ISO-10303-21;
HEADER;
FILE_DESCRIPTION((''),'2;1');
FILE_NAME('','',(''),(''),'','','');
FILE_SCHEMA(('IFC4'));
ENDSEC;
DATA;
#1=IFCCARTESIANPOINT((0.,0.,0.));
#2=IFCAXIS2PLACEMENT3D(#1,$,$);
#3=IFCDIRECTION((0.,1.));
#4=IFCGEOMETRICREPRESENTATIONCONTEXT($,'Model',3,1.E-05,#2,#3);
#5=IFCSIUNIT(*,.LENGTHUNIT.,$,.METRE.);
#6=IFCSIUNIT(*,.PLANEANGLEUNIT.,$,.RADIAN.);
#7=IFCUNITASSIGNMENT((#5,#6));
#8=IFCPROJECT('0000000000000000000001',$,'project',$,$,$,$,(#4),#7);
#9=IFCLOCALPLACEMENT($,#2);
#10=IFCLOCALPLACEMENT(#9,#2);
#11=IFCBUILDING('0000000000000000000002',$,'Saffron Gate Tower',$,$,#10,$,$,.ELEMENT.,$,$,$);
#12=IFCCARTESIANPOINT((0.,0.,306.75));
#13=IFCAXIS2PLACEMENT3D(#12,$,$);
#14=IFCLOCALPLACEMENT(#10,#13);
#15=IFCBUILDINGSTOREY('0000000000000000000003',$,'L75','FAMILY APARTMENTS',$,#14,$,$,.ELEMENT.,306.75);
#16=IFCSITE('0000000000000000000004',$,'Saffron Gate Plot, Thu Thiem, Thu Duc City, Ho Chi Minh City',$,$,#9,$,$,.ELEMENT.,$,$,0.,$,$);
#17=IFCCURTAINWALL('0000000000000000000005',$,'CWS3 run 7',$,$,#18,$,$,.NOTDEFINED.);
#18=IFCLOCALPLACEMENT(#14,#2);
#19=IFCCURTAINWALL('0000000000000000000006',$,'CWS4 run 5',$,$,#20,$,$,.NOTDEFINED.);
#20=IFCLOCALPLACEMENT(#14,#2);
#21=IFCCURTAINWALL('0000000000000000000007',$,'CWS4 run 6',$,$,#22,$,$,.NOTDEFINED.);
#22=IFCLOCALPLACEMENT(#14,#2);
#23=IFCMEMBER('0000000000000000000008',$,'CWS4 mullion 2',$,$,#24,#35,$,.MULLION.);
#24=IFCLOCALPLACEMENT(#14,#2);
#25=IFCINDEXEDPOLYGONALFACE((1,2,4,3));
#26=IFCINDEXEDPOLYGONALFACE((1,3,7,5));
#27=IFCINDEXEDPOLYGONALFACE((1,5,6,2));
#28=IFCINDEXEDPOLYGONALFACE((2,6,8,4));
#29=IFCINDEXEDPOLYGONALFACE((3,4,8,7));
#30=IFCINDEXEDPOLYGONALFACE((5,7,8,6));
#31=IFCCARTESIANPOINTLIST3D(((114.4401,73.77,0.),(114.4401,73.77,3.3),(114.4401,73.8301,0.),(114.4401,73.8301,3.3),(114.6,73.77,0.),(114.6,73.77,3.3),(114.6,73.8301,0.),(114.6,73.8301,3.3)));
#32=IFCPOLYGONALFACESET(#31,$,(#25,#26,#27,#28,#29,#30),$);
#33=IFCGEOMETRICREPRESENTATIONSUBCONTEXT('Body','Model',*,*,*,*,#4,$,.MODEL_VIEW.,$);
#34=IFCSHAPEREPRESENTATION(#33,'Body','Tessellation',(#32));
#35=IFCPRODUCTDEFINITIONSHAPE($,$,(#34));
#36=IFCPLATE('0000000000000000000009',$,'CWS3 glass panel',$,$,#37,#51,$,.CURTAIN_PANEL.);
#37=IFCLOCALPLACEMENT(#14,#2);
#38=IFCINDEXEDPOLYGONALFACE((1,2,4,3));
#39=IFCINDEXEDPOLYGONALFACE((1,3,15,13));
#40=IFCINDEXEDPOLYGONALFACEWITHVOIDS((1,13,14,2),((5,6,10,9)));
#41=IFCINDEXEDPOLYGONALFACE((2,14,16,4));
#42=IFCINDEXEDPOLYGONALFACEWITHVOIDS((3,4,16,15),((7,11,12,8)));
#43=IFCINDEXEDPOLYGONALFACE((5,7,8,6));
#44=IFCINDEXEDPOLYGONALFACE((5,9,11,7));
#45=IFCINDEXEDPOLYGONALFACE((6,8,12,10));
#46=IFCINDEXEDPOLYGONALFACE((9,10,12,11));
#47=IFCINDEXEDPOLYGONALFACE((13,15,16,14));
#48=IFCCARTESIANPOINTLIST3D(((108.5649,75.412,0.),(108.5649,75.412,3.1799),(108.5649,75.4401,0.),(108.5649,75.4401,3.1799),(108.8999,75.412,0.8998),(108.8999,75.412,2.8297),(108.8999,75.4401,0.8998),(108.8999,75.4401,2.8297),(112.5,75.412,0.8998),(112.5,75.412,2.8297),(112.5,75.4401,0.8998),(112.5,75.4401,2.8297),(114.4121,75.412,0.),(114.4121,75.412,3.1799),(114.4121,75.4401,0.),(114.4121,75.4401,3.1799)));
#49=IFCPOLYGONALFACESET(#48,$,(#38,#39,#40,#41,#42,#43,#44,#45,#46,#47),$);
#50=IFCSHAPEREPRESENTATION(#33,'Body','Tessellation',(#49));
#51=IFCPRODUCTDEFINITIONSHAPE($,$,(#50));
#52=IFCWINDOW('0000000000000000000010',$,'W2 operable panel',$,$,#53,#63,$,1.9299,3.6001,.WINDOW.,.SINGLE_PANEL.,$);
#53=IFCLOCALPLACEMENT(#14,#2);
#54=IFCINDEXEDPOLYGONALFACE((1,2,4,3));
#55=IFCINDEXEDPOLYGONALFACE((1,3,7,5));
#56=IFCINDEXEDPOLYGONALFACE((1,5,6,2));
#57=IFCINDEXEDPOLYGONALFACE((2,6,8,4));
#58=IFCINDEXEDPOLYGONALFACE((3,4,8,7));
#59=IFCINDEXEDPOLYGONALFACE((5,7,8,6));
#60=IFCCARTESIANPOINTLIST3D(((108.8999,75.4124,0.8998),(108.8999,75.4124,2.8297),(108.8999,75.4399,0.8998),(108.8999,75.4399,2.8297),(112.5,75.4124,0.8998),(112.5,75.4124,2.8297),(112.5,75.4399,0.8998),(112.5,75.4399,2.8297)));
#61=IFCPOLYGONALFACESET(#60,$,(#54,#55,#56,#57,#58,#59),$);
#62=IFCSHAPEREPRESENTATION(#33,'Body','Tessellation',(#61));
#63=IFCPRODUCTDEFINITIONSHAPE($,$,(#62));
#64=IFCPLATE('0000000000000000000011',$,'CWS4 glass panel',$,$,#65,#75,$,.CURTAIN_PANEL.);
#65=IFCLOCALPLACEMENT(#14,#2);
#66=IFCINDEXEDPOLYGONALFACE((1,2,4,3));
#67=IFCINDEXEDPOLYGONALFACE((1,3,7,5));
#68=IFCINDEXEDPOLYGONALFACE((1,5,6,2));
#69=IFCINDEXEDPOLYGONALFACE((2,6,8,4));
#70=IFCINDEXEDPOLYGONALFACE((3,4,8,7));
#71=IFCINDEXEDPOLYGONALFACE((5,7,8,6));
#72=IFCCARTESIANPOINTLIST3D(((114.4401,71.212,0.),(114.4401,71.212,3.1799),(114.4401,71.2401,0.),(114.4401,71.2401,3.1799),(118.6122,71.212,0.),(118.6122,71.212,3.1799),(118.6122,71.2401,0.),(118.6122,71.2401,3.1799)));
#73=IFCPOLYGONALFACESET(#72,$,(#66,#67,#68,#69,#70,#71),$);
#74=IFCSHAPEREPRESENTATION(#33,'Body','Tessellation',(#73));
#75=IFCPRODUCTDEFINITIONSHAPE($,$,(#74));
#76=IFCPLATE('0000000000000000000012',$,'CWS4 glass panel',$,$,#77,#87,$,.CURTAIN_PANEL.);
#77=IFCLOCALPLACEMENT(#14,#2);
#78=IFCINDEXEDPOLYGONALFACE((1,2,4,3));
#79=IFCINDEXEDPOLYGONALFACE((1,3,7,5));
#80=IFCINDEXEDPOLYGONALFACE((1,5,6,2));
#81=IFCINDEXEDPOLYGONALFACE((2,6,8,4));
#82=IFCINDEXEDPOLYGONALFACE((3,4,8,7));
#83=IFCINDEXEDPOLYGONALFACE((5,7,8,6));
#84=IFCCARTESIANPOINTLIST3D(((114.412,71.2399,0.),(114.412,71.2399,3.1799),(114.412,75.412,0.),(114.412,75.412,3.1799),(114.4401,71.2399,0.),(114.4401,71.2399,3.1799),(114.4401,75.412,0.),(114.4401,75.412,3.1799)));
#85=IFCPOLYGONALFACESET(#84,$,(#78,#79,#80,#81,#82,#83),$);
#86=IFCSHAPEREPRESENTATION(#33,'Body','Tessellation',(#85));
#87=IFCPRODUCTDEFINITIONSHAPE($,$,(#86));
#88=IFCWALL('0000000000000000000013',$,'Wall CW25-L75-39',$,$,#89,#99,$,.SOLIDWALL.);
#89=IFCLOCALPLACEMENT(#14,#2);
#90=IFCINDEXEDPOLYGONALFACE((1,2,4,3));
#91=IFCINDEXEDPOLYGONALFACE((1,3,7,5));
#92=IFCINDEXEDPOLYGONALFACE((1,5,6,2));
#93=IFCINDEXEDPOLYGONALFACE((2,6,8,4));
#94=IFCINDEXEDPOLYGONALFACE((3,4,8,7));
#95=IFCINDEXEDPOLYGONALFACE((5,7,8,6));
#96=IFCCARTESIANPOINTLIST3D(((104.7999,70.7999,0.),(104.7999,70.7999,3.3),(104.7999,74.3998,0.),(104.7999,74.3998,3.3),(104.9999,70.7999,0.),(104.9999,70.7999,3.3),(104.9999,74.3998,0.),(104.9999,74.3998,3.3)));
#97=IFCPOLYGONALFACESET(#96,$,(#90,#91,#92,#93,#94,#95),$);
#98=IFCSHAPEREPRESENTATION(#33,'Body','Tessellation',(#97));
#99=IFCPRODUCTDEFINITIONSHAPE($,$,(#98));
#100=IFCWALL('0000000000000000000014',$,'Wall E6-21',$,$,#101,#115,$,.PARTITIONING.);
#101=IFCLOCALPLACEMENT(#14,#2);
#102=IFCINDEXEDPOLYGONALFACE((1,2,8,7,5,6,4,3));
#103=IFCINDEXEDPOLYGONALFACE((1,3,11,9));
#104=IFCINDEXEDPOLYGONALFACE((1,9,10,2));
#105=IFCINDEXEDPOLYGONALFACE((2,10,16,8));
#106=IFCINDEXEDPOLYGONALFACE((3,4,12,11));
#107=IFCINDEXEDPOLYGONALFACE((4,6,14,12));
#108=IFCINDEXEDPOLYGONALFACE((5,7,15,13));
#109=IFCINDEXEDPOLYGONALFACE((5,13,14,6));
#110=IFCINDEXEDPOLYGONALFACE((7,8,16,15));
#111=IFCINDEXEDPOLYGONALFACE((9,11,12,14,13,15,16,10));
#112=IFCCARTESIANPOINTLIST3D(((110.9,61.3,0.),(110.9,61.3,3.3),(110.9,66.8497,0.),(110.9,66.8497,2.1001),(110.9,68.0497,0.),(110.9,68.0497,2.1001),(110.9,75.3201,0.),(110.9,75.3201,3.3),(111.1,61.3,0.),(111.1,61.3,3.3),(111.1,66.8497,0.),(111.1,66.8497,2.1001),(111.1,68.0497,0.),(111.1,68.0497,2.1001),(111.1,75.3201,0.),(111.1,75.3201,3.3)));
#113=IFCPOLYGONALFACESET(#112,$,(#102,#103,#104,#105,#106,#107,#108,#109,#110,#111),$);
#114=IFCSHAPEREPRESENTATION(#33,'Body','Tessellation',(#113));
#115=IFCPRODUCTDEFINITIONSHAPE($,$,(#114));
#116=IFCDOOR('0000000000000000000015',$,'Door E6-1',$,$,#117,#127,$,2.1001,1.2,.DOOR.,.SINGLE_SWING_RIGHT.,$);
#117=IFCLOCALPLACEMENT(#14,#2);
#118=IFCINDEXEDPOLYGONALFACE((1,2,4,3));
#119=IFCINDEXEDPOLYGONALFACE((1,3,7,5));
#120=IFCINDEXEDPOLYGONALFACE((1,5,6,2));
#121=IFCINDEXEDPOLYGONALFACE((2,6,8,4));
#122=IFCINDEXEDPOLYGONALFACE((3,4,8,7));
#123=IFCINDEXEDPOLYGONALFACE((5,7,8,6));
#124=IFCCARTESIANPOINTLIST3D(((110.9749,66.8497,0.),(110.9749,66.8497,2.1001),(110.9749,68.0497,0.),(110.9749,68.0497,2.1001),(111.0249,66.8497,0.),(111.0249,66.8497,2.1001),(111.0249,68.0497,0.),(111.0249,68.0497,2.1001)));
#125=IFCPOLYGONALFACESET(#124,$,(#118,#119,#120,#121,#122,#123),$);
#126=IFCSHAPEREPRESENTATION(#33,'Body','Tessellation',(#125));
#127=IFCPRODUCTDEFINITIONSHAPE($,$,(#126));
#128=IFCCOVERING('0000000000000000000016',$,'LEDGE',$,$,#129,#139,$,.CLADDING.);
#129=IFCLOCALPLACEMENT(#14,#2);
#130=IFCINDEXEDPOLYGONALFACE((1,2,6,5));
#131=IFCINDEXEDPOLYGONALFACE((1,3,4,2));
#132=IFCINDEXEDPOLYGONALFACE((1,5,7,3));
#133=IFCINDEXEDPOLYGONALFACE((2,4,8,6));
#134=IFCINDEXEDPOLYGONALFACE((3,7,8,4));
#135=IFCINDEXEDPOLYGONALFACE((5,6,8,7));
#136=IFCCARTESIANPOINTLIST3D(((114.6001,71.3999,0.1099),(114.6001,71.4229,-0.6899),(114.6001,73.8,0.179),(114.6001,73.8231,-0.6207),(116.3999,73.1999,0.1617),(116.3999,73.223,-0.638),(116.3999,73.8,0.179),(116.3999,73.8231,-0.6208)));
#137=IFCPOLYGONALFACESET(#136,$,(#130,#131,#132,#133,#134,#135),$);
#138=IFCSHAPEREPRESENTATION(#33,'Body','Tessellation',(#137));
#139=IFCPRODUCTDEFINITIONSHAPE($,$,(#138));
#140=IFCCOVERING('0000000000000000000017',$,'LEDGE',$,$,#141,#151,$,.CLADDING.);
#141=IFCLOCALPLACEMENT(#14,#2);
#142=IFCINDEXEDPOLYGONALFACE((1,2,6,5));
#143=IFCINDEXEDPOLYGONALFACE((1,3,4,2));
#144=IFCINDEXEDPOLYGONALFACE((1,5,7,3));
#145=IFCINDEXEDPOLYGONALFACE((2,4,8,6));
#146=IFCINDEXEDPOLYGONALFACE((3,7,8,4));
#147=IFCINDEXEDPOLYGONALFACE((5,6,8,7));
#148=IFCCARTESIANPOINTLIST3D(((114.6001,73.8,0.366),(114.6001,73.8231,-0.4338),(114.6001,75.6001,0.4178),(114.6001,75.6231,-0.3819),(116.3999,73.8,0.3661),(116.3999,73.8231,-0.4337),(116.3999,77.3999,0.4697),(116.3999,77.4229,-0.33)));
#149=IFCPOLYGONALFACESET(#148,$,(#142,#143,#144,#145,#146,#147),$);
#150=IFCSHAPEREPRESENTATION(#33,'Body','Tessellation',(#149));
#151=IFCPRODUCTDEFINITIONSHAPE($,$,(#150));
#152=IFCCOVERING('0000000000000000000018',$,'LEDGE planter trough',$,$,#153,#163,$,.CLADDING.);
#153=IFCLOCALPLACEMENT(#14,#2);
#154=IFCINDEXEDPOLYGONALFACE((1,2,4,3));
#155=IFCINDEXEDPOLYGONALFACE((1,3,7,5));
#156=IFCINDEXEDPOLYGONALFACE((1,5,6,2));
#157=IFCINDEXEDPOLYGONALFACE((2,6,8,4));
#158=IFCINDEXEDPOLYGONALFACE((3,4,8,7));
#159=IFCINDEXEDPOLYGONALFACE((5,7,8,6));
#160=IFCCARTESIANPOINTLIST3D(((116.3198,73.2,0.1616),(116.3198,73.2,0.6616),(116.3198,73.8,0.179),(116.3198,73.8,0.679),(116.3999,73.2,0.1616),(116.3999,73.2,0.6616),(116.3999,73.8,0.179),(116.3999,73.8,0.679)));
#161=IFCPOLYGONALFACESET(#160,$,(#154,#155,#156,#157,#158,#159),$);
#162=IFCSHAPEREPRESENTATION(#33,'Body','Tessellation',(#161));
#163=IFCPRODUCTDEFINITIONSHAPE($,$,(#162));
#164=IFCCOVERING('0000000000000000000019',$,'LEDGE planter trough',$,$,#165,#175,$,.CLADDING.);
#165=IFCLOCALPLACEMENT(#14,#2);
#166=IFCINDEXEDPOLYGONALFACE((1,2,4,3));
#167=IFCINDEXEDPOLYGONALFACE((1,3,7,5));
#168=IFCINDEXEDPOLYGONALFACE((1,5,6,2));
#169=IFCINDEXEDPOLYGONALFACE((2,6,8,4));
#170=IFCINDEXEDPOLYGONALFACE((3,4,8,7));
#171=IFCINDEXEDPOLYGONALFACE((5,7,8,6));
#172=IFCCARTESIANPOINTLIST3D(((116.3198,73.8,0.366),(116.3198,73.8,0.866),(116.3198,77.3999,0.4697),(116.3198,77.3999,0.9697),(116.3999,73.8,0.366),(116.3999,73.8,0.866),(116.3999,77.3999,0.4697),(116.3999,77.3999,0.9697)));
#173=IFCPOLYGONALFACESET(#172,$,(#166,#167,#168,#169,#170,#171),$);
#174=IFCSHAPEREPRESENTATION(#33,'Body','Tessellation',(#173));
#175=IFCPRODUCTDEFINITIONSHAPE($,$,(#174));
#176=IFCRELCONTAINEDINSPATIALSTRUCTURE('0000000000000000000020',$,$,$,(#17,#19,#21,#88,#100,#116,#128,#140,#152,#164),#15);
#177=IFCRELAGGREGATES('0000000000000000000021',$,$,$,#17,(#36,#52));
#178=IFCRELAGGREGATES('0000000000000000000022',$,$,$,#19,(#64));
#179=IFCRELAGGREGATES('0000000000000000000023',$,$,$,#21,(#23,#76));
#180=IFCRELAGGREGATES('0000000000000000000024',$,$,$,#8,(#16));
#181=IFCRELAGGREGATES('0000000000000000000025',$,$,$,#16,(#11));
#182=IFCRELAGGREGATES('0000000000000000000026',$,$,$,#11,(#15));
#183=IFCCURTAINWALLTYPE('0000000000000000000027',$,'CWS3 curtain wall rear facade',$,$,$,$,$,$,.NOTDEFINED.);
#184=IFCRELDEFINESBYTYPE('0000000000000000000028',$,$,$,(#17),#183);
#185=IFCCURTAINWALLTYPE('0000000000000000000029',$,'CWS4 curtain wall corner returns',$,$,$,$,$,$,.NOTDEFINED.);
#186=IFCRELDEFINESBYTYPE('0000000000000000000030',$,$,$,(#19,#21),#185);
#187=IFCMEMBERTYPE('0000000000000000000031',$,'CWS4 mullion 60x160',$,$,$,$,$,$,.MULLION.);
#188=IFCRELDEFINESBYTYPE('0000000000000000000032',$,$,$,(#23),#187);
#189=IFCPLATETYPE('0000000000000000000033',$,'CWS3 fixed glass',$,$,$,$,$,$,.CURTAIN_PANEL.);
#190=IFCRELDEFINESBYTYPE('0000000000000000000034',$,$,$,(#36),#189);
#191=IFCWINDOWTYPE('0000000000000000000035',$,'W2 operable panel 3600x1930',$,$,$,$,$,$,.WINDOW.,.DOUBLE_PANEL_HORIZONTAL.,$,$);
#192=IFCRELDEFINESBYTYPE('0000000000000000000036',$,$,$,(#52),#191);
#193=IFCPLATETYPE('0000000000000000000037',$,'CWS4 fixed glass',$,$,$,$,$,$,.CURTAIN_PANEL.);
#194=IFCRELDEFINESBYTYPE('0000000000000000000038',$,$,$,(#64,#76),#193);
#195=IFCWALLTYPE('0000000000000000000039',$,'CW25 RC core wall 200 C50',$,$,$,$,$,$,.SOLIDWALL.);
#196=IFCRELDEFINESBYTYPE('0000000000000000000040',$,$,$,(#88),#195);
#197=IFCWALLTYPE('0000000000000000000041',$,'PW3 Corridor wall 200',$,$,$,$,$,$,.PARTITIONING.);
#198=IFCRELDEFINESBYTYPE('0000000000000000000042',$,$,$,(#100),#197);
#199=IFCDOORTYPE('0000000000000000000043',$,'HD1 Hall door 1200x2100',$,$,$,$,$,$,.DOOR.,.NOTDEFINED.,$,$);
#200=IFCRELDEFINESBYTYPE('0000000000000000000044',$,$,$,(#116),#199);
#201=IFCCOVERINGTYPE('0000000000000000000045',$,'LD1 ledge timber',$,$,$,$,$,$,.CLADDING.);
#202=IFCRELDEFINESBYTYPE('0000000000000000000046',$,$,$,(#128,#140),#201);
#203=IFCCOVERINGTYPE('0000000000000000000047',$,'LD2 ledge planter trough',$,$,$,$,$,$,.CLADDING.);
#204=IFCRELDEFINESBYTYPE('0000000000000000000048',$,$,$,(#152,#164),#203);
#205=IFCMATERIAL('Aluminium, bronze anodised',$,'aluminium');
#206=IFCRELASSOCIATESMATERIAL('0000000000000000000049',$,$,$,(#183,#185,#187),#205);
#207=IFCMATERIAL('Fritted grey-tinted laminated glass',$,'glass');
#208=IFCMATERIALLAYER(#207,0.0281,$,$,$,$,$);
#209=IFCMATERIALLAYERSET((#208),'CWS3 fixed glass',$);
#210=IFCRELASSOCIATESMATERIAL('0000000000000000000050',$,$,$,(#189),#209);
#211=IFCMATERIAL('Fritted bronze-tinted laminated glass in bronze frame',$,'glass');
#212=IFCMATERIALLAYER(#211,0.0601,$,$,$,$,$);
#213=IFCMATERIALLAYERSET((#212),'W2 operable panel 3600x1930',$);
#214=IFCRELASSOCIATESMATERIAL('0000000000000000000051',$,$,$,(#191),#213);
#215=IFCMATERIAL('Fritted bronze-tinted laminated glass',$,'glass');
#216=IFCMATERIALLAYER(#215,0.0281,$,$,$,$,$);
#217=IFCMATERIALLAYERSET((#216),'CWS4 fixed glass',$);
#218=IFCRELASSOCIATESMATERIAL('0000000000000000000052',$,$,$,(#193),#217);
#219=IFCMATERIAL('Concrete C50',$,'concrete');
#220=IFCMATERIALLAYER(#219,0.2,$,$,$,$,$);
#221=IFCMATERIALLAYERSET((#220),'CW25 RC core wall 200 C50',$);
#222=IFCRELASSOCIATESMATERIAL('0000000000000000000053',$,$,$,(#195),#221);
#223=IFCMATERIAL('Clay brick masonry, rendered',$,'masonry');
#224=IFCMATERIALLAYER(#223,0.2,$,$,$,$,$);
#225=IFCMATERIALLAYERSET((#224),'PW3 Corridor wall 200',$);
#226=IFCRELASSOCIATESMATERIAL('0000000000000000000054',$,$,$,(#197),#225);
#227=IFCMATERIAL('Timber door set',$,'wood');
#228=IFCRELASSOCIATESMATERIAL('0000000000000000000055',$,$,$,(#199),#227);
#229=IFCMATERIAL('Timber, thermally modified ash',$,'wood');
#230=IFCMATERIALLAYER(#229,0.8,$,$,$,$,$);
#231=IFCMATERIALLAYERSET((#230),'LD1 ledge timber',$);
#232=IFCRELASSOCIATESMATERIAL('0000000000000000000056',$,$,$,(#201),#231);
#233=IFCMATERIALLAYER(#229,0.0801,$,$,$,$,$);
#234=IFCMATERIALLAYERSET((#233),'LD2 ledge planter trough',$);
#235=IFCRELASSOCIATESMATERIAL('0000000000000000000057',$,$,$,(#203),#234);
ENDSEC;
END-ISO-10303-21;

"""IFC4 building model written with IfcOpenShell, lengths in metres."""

from ifc_helpers import new_model, si_unit, direction, frame, frame_2d, origin, origin_2d, place, context, subcontext, project, spatial, polyline, rectangle, outline, extrude, material, layer, layer_set, material_profile, profile_set, type_object, element, fill, aggregate, save


model = new_model("IFC4")

# Units and contexts
model_context = context("Model", 3, precision=1e-05, world=origin(), true_north=direction((0.0, 1.0)))
body_context = subcontext(model_context, "Body", "Model", "MODEL_VIEW")
ifc_project = project(units=[si_unit("LENGTHUNIT", "METRE"), si_unit("PLANEANGLEUNIT", "RADIAN")], contexts=[model_context])

# Site, building, storey
site_placement = place(None, origin())
site = spatial("IfcSite", under=ifc_project, at=site_placement, Name="Saffron Gate Plot, Thu Thiem, Thu Duc City, Ho Chi Minh City", CompositionType="ELEMENT", RefElevation=0.0)
building_placement = place(site_placement, origin())
building = spatial("IfcBuilding", under=site, at=building_placement, Name="Saffron Gate Tower", CompositionType="ELEMENT")
storey_placement = place(building_placement, frame((0.0, 0.0, 306.75)))
storey = spatial("IfcBuildingStorey", under=building, at=storey_placement, Name="L75", Description="FAMILY APARTMENTS", CompositionType="ELEMENT", Elevation=306.75)

# Shared definitions
ifc_material_1 = material(Name="Aluminium, bronze anodised", Category="aluminium")

# Curtain wall
curtain_wall_type_1 = type_object("IfcCurtainWallType", Name="CWS3 curtain wall rear facade", PredefinedType="NOTDEFINED", material=ifc_material_1)
curtain_wall_1_placement = place(storey_placement, origin())
curtain_wall_1 = element("IfcCurtainWall", 1, at=curtain_wall_1_placement, inside=storey, type_object=curtain_wall_type_1, Name="CWS3 run 7", PredefinedType="NOTDEFINED")

# Curtain walls
curtain_wall_type_2 = type_object("IfcCurtainWallType", Name="CWS4 curtain wall corner returns", PredefinedType="NOTDEFINED", material=ifc_material_1)
curtain_wall_2_placement = place(storey_placement, origin())
curtain_wall_2 = element("IfcCurtainWall", 2, at=curtain_wall_2_placement, inside=storey, type_object=curtain_wall_type_2, Name="CWS4 run 5", PredefinedType="NOTDEFINED")
curtain_wall_3_placement = place(storey_placement, origin())
curtain_wall_3 = element("IfcCurtainWall", 3, at=curtain_wall_3_placement, inside=storey, type_object=curtain_wall_type_2, Name="CWS4 run 6", PredefinedType="NOTDEFINED")

# Member
ifc_material_profile_1 = material_profile(ifc_material_1, rectangle(XDim=0.1599, YDim=0.0601, at=origin_2d()))
ifc_profile_set_1 = profile_set([ifc_material_profile_1], Name="Aluminium, bronze anodised")
member_type_1 = type_object("IfcMemberType", Name="CWS4 mullion 60x160", PredefinedType="MULLION", material=ifc_profile_set_1)
member_1_placement = place(storey_placement, frame((114.52, 73.8, 0.0), z_axis=(0.0, 0.0, 1.0), x_axis=(-1.0, 0.0, 0.0)))
member_1 = element("IfcMember", 4, at=member_1_placement, type_object=member_type_1, Name="CWS4 mullion 2", PredefinedType="MULLION", context=body_context, shape_type="SweptSolid", body=[
    extrude(rectangle(XDim=0.1599, YDim=0.0601, at=origin_2d()), origin(), (0.0, 0.0, 1.0), 3.3),
])

# Plate, opening, window
ifc_material_2 = material(Name="Fritted grey-tinted laminated glass", Category="glass")
ifc_layer_1 = layer(ifc_material_2, 0.0281)
ifc_layer_set_1 = layer_set([ifc_layer_1], Name="CWS3 fixed glass")
plate_type_1 = type_object("IfcPlateType", Name="CWS3 fixed glass", PredefinedType="CURTAIN_PANEL", material=ifc_layer_set_1)
plate_1_placement = place(storey_placement, frame((114.4121, 75.426, 0.0), z_axis=(0.0, 0.0, 1.0), x_axis=(-1.0, 0.0, 0.0)))
plate_1 = element("IfcPlate", 5, at=plate_1_placement, type_object=plate_type_1, Name="CWS3 glass panel", PredefinedType="CURTAIN_PANEL", context=body_context, shape_type="SweptSolid", body=[
    extrude(rectangle(XDim=5.8472, YDim=0.0281, at=frame_2d((2.9236, 0.0))), origin(), (0.0, 0.0, 1.0), 3.1799),
])
opening_1_placement = place(plate_1_placement, frame((1.9121, 0.0, 0.8999)))
opening_1 = element("IfcOpeningElement", 6, at=opening_1_placement, cuts=plate_1, PredefinedType="OPENING", context=body_context, shape_type="SweptSolid", body=[
    extrude(rectangle(XDim=3.6001, YDim=1.9299, at=frame_2d((1.8, 0.9648))), frame((0.0, 0.0239, 0.0), z_axis=(0.0, -1.0, 0.0), x_axis=(1.0, 0.0, 0.0)), (0.0, 0.0, 1.0), 0.0481),
])
ifc_material_3 = material(Name="Fritted bronze-tinted laminated glass in bronze frame", Category="glass")
ifc_layer_2 = layer(ifc_material_3, 0.0601)
ifc_layer_set_2 = layer_set([ifc_layer_2], Name="W2 operable panel 3600x1930")
window_type = type_object("IfcWindowType", Name="W2 operable panel 3600x1930", PartitioningType="DOUBLE_PANEL_HORIZONTAL", PredefinedType="WINDOW", material=ifc_layer_set_2)
window_placement = place(opening_1_placement, origin())
window = element("IfcWindow", 7, at=window_placement, type_object=window_type, Name="W2 operable panel", OverallHeight=1.9299, OverallWidth=3.6001, PartitioningType="SINGLE_PANEL", PredefinedType="WINDOW", context=body_context, shape_type="SweptSolid", body=[
    extrude(rectangle(XDim=3.6001, YDim=1.9299, at=frame_2d((1.8, 0.9648))), frame((0.0, 0.0137, 0.0), z_axis=(0.0, -1.0, 0.0), x_axis=(1.0, 0.0, 0.0)), (0.0, 0.0, 1.0), 0.0276),
])
fill(opening_1, window)
aggregate(curtain_wall_1, [plate_1, window])

# Plates
ifc_material_4 = material(Name="Fritted bronze-tinted laminated glass", Category="glass")
ifc_layer_3 = layer(ifc_material_4, 0.0281)
ifc_layer_set_3 = layer_set([ifc_layer_3], Name="CWS4 fixed glass")
plate_type_2 = type_object("IfcPlateType", Name="CWS4 fixed glass", PredefinedType="CURTAIN_PANEL", material=ifc_layer_set_3)
plate_2_placement = place(storey_placement, frame((118.6121, 71.2261, 0.0), z_axis=(0.0, 0.0, 1.0), x_axis=(-1.0, 0.0, 0.0)))
plate_2 = element("IfcPlate", 8, at=plate_2_placement, type_object=plate_type_2, Name="CWS4 glass panel", PredefinedType="CURTAIN_PANEL", context=body_context, shape_type="SweptSolid", body=[
    extrude(rectangle(XDim=4.1721, YDim=0.0281, at=frame_2d((2.0859, 0.0))), origin(), (0.0, 0.0, 1.0), 3.1799),
])
aggregate(curtain_wall_2, [plate_2])
plate_3_placement = place(storey_placement, frame((114.426, 71.24, 0.0), z_axis=(0.0, 0.0, 1.0), x_axis=(0.0, 1.0, 0.0)))
plate_3 = element("IfcPlate", 9, at=plate_3_placement, type_object=plate_type_2, Name="CWS4 glass panel", PredefinedType="CURTAIN_PANEL", context=body_context, shape_type="SweptSolid", body=[
    extrude(rectangle(XDim=4.1721, YDim=0.0281, at=frame_2d((2.0859, 0.0))), origin(), (0.0, 0.0, 1.0), 3.1799),
])
aggregate(curtain_wall_3, [member_1, plate_3])

# Wall
ifc_material_5 = material(Name="Concrete C50", Category="concrete")
ifc_layer_4 = layer(ifc_material_5, 0.2)
ifc_layer_set_4 = layer_set([ifc_layer_4], Name="CW25 RC core wall 200 C50")
wall_type_1 = type_object("IfcWallType", Name="CW25 RC core wall 200 C50", PredefinedType="SOLIDWALL", material=ifc_layer_set_4)
wall_1_placement = place(storey_placement, frame((104.8999, 70.8, 0.0), z_axis=(0.0, 0.0, 1.0), x_axis=(0.0, 1.0, 0.0)))
element("IfcWall", 10, at=wall_1_placement, inside=storey, type_object=wall_type_1, Name="Wall CW25-L75-39", PredefinedType="SOLIDWALL", context=body_context, shape_type="SweptSolid", body=[
    extrude(rectangle(XDim=3.5999, YDim=0.2, at=frame_2d((1.7998, 0.0))), origin(), (0.0, 0.0, 1.0), 3.3),
])

# Wall, opening, door
ifc_material_6 = material(Name="Clay brick masonry, rendered", Category="masonry")
ifc_layer_5 = layer(ifc_material_6, 0.2)
ifc_layer_set_5 = layer_set([ifc_layer_5], Name="PW3 Corridor wall 200")
wall_type_2 = type_object("IfcWallType", Name="PW3 Corridor wall 200", PredefinedType="PARTITIONING", material=ifc_layer_set_5)
wall_2_placement = place(storey_placement, frame((111.0, 75.3201, 0.0), z_axis=(0.0, 0.0, 1.0), x_axis=(0.0, -1.0, 0.0)))
wall_2 = element("IfcWall", 11, at=wall_2_placement, inside=storey, type_object=wall_type_2, Name="Wall E6-21", PredefinedType="PARTITIONING", context=body_context, shape_type="SweptSolid", body=[
    extrude(rectangle(XDim=14.02, YDim=0.2, at=frame_2d((7.01, 0.0))), origin(), (0.0, 0.0, 1.0), 3.3),
])
opening_2_placement = place(wall_2_placement, frame((7.2703, 0.0, 0.0)))
opening_2 = element("IfcOpeningElement", 12, at=opening_2_placement, cuts=wall_2, PredefinedType="OPENING", context=body_context, shape_type="SweptSolid", body=[
    extrude(rectangle(XDim=1.2, YDim=2.1001, at=frame_2d((0.6001, 1.05))), frame((0.0, 0.1099, 0.0), z_axis=(0.0, -1.0, 0.0), x_axis=(1.0, 0.0, 0.0)), (0.0, 0.0, 1.0), 0.22),
])
ifc_material_7 = material(Name="Timber door set", Category="wood")
door_type = type_object("IfcDoorType", Name="HD1 Hall door 1200x2100", OperationType="NOTDEFINED", PredefinedType="DOOR", material=ifc_material_7)
door_placement = place(opening_2_placement, origin())
door = element("IfcDoor", 13, at=door_placement, inside=storey, type_object=door_type, Name="Door E6-1", OperationType="SINGLE_SWING_RIGHT", OverallHeight=2.1001, OverallWidth=1.2, PredefinedType="DOOR", context=body_context, shape_type="SweptSolid", body=[
    extrude(rectangle(XDim=1.2, YDim=2.1001, at=frame_2d((0.6001, 1.05))), frame((0.0, 0.0249, 0.0), z_axis=(0.0, -1.0, 0.0), x_axis=(1.0, 0.0, 0.0)), (0.0, 0.0, 1.0), 0.05),
])
fill(opening_2, door)

# Coverings
ifc_material_8 = material(Name="Timber, thermally modified ash", Category="wood")
ifc_layer_6 = layer(ifc_material_8, 0.8)
ifc_layer_set_6 = layer_set([ifc_layer_6], Name="LD1 ledge timber")
covering_type_1 = type_object("IfcCoveringType", Name="LD1 ledge timber", PredefinedType="CLADDING", material=ifc_layer_set_6)
covering_1_placement = place(storey_placement, frame((114.6001, 71.3999, 0.1099), z_axis=(0.000026, -0.028794, 0.999585), x_axis=(0.0, 0.999585, 0.028794)))
element("IfcCovering", 14, at=covering_1_placement, inside=storey, type_object=covering_type_1, Name="LEDGE", PredefinedType="CLADDING", context=body_context, shape_type="SweptSolid", body=[
    extrude(outline(polyline([(0.0, 0.0), (2.4011, 0.0), (2.4011, -1.7998), (1.8008, -1.7998), (0.0, 0.0)])), origin(), (0.0, 0.0, -1.0), 0.8),
])
covering_2_placement = place(storey_placement, frame((114.6001, 73.8, 0.366), z_axis=(-0.000046, -0.028788, 0.999586), x_axis=(0.0, 0.999586, 0.028788)))
element("IfcCovering", 15, at=covering_2_placement, inside=storey, type_object=covering_type_1, Name="LEDGE", PredefinedType="CLADDING", context=body_context, shape_type="SweptSolid", body=[
    extrude(outline(polyline([(0.0, 0.0), (1.8008, 0.0), (3.6013, -1.7998), (0.0, -1.7998), (0.0, 0.0)])), origin(), (0.0, 0.0, -1.0), 0.8),
])
ifc_layer_7 = layer(ifc_material_8, 0.0801)
ifc_layer_set_7 = layer_set([ifc_layer_7], Name="LD2 ledge planter trough")
covering_type_2 = type_object("IfcCoveringType", Name="LD2 ledge planter trough", PredefinedType="CLADDING", material=ifc_layer_set_7)
covering_3_placement = place(storey_placement, frame((116.3999, 73.2, 0.1616), z_axis=(1.0, 0.0, 0.0), x_axis=(0.0, 0.999583, 0.028873)))
element("IfcCovering", 16, at=covering_3_placement, inside=storey, type_object=covering_type_2, Name="LEDGE planter trough", PredefinedType="CLADDING", context=body_context, shape_type="SweptSolid", body=[
    extrude(outline(polyline([(0.0, 0.0), (0.6003, 0.0), (0.6148, 0.4998), (0.0144, 0.4998), (0.0, 0.0)])), origin(), (0.0, 0.0, -1.0), 0.0801),
])
covering_4_placement = place(storey_placement, frame((116.3999, 73.8, 0.366), z_axis=(1.0, 0.0, 0.0), x_axis=(0.0, 0.999585, 0.028811)))
element("IfcCovering", 17, at=covering_4_placement, inside=storey, type_object=covering_type_2, Name="LEDGE planter trough", PredefinedType="CLADDING", context=body_context, shape_type="SweptSolid", body=[
    extrude(outline(polyline([(0.0, 0.0), (3.6013, 0.0), (3.6158, 0.4998), (0.0144, 0.4998), (0.0, 0.0)])), origin(), (0.0, 0.0, -1.0), 0.0801),
])

save(model, "model.ifc")
